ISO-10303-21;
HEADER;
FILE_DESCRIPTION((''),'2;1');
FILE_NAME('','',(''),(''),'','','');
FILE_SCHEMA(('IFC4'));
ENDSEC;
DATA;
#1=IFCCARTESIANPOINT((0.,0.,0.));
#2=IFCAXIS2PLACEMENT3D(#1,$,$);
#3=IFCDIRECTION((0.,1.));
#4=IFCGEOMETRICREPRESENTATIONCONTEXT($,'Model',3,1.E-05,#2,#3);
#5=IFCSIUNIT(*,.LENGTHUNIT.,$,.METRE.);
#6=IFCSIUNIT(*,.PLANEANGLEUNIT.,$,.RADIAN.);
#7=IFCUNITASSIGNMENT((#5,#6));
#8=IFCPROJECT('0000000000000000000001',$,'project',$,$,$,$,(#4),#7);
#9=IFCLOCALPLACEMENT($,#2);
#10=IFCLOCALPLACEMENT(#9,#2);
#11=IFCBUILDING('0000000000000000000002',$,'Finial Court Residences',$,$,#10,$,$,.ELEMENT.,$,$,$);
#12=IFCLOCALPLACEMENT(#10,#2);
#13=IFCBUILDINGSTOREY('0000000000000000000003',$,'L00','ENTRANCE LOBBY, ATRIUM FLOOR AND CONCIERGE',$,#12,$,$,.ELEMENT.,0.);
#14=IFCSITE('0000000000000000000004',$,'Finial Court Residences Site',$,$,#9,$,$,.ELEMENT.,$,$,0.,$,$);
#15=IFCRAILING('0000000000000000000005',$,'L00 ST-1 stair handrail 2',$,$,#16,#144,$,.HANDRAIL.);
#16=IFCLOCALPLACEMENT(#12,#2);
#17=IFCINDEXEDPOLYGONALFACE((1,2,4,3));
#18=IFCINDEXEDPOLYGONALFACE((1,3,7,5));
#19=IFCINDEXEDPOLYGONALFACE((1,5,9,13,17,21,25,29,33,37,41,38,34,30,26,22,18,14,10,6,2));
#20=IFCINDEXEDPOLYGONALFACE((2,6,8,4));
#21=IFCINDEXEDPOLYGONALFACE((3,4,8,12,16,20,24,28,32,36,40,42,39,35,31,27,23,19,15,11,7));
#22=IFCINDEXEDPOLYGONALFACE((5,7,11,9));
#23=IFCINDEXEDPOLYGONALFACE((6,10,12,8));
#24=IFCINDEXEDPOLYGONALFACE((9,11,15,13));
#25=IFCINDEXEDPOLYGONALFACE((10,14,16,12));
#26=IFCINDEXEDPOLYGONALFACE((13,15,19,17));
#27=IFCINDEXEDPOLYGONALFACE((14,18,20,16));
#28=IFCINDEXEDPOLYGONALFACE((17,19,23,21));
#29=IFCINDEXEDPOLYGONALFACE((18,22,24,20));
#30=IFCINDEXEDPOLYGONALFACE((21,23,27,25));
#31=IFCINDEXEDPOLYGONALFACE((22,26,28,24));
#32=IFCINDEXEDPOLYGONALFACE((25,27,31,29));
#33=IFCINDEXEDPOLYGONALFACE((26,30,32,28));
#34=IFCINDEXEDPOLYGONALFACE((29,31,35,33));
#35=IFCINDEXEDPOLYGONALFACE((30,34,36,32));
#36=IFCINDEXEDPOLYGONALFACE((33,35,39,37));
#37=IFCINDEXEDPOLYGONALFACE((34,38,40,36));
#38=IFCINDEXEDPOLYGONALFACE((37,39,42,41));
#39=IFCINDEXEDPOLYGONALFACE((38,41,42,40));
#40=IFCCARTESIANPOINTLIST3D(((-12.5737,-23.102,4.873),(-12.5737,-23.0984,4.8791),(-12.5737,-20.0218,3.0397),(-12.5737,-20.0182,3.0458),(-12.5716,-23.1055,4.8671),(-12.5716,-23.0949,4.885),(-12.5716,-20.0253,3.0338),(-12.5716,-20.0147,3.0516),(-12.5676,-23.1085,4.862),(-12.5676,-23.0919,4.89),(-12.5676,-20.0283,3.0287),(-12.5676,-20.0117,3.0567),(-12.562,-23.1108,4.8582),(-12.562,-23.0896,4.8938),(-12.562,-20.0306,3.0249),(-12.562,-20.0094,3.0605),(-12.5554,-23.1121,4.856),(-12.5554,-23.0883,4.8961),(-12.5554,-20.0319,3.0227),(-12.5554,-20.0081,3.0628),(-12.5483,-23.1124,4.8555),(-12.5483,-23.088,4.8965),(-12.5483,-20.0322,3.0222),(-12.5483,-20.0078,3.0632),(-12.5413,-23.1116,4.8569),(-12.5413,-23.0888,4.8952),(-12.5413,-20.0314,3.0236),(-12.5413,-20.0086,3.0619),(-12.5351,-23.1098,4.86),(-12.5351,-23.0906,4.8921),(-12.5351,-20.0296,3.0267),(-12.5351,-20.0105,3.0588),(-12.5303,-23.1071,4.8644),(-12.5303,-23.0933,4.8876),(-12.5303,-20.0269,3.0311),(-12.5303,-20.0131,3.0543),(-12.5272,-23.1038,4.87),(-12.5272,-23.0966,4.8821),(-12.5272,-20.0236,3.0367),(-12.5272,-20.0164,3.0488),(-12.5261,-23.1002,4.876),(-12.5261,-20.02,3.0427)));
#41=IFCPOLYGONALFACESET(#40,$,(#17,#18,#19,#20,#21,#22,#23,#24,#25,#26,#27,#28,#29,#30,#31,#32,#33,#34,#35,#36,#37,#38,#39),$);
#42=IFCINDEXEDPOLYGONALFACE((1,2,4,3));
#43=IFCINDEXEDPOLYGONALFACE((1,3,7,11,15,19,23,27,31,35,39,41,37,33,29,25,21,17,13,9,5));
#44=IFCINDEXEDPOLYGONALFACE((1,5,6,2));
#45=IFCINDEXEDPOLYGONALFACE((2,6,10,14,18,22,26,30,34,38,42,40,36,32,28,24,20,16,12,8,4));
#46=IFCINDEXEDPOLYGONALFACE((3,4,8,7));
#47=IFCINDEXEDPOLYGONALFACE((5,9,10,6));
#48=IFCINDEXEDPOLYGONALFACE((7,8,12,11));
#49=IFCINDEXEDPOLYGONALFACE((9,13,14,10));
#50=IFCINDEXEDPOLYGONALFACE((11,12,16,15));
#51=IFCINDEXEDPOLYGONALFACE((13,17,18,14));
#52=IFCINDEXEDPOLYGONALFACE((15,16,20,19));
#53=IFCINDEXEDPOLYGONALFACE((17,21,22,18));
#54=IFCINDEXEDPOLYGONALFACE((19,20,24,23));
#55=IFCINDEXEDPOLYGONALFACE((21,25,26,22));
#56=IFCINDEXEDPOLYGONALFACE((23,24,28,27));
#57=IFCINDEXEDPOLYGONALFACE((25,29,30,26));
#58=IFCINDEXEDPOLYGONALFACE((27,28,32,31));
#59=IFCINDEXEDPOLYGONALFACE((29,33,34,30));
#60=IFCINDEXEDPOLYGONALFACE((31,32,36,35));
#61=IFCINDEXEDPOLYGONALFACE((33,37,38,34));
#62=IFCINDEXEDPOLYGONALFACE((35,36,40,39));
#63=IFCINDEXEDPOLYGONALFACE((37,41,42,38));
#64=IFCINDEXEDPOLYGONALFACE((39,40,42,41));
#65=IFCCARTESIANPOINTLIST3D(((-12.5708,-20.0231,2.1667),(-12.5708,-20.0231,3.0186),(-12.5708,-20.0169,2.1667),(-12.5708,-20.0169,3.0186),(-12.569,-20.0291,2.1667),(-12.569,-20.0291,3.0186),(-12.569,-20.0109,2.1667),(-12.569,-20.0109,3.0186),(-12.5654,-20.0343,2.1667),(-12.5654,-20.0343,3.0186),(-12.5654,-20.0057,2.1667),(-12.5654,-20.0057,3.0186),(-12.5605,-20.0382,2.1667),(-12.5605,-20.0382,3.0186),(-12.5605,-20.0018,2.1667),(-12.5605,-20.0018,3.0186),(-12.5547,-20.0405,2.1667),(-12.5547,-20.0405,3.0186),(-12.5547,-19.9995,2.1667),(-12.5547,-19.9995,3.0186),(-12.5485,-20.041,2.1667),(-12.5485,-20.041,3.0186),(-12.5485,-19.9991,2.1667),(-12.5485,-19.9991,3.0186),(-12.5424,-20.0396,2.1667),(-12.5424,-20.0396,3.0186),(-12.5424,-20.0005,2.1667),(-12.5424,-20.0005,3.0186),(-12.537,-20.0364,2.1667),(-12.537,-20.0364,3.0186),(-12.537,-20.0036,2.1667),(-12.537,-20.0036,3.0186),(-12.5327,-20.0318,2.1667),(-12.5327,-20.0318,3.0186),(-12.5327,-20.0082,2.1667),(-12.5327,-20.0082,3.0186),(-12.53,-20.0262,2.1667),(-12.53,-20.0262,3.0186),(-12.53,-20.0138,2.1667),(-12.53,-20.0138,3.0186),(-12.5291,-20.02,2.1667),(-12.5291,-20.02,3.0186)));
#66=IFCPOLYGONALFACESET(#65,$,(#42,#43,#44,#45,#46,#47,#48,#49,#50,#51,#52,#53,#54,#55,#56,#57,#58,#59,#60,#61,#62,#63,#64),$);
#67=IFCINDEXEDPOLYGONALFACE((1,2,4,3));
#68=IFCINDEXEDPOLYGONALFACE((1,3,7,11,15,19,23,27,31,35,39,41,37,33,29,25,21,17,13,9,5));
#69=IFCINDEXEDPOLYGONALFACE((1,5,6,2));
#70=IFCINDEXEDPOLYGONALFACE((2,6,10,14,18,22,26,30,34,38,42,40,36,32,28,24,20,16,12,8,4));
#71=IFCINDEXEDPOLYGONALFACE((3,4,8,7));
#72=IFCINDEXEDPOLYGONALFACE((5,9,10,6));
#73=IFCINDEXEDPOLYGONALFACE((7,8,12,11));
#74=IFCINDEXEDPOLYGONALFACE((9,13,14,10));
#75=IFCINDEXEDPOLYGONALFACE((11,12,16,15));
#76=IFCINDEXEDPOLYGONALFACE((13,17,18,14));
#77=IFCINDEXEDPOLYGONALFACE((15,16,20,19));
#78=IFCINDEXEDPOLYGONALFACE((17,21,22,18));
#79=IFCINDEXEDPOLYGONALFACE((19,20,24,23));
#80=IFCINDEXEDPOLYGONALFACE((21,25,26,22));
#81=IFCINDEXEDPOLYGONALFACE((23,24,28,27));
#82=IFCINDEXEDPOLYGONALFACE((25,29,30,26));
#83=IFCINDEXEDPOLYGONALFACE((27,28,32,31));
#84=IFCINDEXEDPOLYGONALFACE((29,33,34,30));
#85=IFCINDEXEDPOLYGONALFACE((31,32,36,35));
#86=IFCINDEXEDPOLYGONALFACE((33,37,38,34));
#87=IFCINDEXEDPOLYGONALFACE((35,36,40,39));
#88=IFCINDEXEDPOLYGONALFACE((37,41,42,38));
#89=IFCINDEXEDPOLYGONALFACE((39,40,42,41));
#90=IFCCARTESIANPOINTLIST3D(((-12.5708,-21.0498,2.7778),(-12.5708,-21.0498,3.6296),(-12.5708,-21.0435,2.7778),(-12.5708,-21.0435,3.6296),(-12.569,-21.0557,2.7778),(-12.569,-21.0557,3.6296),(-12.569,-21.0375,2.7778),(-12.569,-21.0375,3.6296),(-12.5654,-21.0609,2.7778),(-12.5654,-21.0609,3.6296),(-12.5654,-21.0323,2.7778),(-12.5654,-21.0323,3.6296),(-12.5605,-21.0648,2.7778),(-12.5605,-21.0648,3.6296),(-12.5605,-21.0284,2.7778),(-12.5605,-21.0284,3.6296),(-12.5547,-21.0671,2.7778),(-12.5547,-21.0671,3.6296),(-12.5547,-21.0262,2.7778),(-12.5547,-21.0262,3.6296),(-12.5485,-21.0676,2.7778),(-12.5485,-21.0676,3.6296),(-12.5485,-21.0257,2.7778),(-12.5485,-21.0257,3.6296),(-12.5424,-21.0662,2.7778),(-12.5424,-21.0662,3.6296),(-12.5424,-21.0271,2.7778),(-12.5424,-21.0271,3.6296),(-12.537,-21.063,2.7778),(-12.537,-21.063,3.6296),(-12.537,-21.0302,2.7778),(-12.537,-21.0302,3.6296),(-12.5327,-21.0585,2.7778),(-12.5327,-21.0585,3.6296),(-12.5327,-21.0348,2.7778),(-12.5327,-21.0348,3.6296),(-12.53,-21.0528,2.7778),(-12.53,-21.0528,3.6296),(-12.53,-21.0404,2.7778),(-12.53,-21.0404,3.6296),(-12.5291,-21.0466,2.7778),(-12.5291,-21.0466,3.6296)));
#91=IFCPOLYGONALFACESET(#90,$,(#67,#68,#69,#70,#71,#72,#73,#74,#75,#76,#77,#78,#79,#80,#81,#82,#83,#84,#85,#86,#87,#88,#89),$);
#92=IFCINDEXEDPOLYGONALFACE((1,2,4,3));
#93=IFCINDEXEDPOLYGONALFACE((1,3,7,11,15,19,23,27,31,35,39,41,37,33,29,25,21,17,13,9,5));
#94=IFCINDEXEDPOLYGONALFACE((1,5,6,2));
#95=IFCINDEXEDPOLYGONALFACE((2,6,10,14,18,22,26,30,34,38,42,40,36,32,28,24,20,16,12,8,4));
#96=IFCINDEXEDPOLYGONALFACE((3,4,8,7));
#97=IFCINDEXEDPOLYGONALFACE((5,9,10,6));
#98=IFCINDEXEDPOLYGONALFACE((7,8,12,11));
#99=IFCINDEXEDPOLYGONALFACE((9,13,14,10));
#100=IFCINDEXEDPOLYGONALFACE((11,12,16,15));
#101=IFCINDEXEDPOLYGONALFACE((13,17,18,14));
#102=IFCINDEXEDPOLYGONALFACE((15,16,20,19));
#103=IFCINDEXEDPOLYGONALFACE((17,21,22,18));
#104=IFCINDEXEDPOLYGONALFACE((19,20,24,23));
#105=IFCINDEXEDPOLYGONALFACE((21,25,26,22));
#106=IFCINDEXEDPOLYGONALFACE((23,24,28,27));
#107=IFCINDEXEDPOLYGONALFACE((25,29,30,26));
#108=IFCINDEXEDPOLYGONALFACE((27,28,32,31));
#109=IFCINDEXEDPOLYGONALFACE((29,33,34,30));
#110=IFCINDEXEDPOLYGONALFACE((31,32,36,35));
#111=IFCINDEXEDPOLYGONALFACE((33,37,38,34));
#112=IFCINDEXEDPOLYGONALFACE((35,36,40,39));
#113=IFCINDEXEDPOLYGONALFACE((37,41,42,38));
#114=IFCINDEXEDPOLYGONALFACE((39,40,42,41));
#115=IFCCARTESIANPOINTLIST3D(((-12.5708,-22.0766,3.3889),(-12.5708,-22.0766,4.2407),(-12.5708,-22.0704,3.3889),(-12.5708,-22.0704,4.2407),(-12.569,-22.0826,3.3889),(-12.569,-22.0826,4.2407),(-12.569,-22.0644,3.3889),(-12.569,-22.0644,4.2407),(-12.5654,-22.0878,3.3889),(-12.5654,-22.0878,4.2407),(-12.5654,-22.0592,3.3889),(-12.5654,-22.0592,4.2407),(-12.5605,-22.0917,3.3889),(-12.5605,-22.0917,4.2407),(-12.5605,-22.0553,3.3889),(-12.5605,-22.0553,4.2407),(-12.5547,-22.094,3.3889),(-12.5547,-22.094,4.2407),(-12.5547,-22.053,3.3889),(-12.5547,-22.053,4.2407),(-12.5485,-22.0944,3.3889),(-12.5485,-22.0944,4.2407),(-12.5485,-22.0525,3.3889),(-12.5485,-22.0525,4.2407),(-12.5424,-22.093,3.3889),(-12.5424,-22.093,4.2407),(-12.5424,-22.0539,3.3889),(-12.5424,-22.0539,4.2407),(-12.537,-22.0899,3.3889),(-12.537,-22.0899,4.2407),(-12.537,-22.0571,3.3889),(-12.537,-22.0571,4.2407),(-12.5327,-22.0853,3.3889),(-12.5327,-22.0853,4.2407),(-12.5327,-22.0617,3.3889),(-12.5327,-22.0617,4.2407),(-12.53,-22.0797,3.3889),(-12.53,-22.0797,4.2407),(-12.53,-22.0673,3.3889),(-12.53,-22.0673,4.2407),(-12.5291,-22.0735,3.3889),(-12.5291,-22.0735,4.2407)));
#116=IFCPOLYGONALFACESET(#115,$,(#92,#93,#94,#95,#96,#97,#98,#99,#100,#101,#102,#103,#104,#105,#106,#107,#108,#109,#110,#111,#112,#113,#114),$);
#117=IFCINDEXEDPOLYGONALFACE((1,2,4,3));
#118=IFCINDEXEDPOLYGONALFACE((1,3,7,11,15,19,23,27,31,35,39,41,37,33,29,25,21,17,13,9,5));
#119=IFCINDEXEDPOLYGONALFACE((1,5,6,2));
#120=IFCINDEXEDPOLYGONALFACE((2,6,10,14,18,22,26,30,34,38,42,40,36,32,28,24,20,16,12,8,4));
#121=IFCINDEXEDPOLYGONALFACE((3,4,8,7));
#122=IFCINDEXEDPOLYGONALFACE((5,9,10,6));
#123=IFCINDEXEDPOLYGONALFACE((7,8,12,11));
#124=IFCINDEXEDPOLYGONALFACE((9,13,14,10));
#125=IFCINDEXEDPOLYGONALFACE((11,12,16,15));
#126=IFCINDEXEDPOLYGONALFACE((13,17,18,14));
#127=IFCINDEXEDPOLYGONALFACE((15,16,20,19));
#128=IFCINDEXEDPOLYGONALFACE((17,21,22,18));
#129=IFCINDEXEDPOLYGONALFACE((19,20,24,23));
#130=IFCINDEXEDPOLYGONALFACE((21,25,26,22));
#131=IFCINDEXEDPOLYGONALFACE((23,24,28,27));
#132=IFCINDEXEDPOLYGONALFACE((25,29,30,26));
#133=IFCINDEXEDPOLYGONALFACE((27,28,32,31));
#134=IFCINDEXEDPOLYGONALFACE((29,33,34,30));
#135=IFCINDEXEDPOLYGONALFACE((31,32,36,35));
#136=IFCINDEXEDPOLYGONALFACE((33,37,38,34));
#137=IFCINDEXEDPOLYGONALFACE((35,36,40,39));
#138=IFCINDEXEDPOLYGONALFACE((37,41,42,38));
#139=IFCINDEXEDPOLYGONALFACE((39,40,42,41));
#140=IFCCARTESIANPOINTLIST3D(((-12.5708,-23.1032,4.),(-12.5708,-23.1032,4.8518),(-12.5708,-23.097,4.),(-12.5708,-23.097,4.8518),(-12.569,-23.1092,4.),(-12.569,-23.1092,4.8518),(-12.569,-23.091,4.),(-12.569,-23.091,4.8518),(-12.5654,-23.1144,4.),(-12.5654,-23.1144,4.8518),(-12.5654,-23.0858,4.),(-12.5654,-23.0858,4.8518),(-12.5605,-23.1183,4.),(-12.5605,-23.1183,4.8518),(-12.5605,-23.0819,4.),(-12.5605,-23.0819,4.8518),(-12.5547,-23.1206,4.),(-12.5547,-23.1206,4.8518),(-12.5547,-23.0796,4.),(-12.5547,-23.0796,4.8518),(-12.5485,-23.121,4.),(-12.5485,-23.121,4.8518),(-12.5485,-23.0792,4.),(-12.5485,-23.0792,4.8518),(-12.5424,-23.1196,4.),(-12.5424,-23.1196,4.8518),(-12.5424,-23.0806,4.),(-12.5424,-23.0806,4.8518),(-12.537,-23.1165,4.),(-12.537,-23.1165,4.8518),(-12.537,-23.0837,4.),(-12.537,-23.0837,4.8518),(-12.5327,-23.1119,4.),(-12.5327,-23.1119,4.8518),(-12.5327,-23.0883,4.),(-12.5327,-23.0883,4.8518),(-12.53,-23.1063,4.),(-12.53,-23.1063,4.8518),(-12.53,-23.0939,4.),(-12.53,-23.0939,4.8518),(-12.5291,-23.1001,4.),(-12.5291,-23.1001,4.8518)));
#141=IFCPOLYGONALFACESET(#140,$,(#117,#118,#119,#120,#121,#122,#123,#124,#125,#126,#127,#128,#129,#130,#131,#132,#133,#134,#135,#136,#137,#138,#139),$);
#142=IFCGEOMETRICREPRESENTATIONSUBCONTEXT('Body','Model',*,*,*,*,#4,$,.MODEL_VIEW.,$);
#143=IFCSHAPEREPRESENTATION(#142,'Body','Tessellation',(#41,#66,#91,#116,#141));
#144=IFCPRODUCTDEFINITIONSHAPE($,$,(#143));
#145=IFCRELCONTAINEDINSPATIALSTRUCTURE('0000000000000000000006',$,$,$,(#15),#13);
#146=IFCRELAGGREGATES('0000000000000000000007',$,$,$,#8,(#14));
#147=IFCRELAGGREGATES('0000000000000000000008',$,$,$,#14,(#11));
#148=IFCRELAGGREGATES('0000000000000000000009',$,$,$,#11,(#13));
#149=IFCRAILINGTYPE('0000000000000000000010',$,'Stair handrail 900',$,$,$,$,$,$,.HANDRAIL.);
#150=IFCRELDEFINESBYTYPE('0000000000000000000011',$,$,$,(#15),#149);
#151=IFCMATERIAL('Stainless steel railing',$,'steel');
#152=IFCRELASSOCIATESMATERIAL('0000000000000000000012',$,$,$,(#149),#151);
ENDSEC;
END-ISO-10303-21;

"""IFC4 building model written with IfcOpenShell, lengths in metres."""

from ifc_helpers import new_model, si_unit, direction, frame, origin, origin_2d, place, context, subcontext, project, spatial, circle, extrude, material, type_object, element, save


model = new_model("IFC4")

# Units and contexts
model_context = context("Model", 3, precision=1e-05, world=origin(), true_north=direction((0.0, 1.0)))
body_context = subcontext(model_context, "Body", "Model", "MODEL_VIEW")
ifc_project = project(units=[si_unit("LENGTHUNIT", "METRE"), si_unit("PLANEANGLEUNIT", "RADIAN")], contexts=[model_context])

# Site, building, storey
site_placement = place(None, origin())
site = spatial("IfcSite", under=ifc_project, at=site_placement, Name="Finial Court Residences Site", CompositionType="ELEMENT", RefElevation=0.0)
building_placement = place(site_placement, origin())
building = spatial("IfcBuilding", under=site, at=building_placement, Name="Finial Court Residences", CompositionType="ELEMENT")
storey_placement = place(building_placement, origin())
storey = spatial("IfcBuildingStorey", under=building, at=storey_placement, Name="L00", Description="ENTRANCE LOBBY, ATRIUM FLOOR AND CONCIERGE", CompositionType="ELEMENT", Elevation=0.0)

# Railing
ifc_material_1 = material(Name="Stainless steel railing", Category="steel")
railing_type = type_object("IfcRailingType", Name="Stair handrail 900", PredefinedType="HANDRAIL", material=ifc_material_1)
for number, where, name in (
    (1, (-12.55, -20.02, 2.1667), "L00 ST-1 stair handrail 2"),
):
    element("IfcRailing", number, at=place(storey_placement, frame(where)), inside=storey, type_object=railing_type, Name=name, PredefinedType="HANDRAIL", context=body_context, shape_type="SweptSolid", body=[
        extrude(circle(Radius=0.0239, at=origin_2d()), frame((0.0, 0.0, 0.876), z_axis=(0.0, -0.859309, 0.511458), x_axis=(1.0, 0.0, 0.0)), (0.0, 0.0, 1.0), 3.5845),
        extrude(circle(Radius=0.021, at=origin_2d()), origin(), (0.0, 0.0, 1.0), 0.8518),
        extrude(circle(Radius=0.021, at=origin_2d()), frame((0.0, -1.0266, 0.6111)), (0.0, 0.0, 1.0), 0.8518),
        extrude(circle(Radius=0.021, at=origin_2d()), frame((0.0, -2.0535, 1.2222)), (0.0, 0.0, 1.0), 0.8518),
        extrude(circle(Radius=0.021, at=origin_2d()), frame((0.0, -3.0801, 1.8333)), (0.0, 0.0, 1.0), 0.8518),
    ])

save(model, "model.ifc")
